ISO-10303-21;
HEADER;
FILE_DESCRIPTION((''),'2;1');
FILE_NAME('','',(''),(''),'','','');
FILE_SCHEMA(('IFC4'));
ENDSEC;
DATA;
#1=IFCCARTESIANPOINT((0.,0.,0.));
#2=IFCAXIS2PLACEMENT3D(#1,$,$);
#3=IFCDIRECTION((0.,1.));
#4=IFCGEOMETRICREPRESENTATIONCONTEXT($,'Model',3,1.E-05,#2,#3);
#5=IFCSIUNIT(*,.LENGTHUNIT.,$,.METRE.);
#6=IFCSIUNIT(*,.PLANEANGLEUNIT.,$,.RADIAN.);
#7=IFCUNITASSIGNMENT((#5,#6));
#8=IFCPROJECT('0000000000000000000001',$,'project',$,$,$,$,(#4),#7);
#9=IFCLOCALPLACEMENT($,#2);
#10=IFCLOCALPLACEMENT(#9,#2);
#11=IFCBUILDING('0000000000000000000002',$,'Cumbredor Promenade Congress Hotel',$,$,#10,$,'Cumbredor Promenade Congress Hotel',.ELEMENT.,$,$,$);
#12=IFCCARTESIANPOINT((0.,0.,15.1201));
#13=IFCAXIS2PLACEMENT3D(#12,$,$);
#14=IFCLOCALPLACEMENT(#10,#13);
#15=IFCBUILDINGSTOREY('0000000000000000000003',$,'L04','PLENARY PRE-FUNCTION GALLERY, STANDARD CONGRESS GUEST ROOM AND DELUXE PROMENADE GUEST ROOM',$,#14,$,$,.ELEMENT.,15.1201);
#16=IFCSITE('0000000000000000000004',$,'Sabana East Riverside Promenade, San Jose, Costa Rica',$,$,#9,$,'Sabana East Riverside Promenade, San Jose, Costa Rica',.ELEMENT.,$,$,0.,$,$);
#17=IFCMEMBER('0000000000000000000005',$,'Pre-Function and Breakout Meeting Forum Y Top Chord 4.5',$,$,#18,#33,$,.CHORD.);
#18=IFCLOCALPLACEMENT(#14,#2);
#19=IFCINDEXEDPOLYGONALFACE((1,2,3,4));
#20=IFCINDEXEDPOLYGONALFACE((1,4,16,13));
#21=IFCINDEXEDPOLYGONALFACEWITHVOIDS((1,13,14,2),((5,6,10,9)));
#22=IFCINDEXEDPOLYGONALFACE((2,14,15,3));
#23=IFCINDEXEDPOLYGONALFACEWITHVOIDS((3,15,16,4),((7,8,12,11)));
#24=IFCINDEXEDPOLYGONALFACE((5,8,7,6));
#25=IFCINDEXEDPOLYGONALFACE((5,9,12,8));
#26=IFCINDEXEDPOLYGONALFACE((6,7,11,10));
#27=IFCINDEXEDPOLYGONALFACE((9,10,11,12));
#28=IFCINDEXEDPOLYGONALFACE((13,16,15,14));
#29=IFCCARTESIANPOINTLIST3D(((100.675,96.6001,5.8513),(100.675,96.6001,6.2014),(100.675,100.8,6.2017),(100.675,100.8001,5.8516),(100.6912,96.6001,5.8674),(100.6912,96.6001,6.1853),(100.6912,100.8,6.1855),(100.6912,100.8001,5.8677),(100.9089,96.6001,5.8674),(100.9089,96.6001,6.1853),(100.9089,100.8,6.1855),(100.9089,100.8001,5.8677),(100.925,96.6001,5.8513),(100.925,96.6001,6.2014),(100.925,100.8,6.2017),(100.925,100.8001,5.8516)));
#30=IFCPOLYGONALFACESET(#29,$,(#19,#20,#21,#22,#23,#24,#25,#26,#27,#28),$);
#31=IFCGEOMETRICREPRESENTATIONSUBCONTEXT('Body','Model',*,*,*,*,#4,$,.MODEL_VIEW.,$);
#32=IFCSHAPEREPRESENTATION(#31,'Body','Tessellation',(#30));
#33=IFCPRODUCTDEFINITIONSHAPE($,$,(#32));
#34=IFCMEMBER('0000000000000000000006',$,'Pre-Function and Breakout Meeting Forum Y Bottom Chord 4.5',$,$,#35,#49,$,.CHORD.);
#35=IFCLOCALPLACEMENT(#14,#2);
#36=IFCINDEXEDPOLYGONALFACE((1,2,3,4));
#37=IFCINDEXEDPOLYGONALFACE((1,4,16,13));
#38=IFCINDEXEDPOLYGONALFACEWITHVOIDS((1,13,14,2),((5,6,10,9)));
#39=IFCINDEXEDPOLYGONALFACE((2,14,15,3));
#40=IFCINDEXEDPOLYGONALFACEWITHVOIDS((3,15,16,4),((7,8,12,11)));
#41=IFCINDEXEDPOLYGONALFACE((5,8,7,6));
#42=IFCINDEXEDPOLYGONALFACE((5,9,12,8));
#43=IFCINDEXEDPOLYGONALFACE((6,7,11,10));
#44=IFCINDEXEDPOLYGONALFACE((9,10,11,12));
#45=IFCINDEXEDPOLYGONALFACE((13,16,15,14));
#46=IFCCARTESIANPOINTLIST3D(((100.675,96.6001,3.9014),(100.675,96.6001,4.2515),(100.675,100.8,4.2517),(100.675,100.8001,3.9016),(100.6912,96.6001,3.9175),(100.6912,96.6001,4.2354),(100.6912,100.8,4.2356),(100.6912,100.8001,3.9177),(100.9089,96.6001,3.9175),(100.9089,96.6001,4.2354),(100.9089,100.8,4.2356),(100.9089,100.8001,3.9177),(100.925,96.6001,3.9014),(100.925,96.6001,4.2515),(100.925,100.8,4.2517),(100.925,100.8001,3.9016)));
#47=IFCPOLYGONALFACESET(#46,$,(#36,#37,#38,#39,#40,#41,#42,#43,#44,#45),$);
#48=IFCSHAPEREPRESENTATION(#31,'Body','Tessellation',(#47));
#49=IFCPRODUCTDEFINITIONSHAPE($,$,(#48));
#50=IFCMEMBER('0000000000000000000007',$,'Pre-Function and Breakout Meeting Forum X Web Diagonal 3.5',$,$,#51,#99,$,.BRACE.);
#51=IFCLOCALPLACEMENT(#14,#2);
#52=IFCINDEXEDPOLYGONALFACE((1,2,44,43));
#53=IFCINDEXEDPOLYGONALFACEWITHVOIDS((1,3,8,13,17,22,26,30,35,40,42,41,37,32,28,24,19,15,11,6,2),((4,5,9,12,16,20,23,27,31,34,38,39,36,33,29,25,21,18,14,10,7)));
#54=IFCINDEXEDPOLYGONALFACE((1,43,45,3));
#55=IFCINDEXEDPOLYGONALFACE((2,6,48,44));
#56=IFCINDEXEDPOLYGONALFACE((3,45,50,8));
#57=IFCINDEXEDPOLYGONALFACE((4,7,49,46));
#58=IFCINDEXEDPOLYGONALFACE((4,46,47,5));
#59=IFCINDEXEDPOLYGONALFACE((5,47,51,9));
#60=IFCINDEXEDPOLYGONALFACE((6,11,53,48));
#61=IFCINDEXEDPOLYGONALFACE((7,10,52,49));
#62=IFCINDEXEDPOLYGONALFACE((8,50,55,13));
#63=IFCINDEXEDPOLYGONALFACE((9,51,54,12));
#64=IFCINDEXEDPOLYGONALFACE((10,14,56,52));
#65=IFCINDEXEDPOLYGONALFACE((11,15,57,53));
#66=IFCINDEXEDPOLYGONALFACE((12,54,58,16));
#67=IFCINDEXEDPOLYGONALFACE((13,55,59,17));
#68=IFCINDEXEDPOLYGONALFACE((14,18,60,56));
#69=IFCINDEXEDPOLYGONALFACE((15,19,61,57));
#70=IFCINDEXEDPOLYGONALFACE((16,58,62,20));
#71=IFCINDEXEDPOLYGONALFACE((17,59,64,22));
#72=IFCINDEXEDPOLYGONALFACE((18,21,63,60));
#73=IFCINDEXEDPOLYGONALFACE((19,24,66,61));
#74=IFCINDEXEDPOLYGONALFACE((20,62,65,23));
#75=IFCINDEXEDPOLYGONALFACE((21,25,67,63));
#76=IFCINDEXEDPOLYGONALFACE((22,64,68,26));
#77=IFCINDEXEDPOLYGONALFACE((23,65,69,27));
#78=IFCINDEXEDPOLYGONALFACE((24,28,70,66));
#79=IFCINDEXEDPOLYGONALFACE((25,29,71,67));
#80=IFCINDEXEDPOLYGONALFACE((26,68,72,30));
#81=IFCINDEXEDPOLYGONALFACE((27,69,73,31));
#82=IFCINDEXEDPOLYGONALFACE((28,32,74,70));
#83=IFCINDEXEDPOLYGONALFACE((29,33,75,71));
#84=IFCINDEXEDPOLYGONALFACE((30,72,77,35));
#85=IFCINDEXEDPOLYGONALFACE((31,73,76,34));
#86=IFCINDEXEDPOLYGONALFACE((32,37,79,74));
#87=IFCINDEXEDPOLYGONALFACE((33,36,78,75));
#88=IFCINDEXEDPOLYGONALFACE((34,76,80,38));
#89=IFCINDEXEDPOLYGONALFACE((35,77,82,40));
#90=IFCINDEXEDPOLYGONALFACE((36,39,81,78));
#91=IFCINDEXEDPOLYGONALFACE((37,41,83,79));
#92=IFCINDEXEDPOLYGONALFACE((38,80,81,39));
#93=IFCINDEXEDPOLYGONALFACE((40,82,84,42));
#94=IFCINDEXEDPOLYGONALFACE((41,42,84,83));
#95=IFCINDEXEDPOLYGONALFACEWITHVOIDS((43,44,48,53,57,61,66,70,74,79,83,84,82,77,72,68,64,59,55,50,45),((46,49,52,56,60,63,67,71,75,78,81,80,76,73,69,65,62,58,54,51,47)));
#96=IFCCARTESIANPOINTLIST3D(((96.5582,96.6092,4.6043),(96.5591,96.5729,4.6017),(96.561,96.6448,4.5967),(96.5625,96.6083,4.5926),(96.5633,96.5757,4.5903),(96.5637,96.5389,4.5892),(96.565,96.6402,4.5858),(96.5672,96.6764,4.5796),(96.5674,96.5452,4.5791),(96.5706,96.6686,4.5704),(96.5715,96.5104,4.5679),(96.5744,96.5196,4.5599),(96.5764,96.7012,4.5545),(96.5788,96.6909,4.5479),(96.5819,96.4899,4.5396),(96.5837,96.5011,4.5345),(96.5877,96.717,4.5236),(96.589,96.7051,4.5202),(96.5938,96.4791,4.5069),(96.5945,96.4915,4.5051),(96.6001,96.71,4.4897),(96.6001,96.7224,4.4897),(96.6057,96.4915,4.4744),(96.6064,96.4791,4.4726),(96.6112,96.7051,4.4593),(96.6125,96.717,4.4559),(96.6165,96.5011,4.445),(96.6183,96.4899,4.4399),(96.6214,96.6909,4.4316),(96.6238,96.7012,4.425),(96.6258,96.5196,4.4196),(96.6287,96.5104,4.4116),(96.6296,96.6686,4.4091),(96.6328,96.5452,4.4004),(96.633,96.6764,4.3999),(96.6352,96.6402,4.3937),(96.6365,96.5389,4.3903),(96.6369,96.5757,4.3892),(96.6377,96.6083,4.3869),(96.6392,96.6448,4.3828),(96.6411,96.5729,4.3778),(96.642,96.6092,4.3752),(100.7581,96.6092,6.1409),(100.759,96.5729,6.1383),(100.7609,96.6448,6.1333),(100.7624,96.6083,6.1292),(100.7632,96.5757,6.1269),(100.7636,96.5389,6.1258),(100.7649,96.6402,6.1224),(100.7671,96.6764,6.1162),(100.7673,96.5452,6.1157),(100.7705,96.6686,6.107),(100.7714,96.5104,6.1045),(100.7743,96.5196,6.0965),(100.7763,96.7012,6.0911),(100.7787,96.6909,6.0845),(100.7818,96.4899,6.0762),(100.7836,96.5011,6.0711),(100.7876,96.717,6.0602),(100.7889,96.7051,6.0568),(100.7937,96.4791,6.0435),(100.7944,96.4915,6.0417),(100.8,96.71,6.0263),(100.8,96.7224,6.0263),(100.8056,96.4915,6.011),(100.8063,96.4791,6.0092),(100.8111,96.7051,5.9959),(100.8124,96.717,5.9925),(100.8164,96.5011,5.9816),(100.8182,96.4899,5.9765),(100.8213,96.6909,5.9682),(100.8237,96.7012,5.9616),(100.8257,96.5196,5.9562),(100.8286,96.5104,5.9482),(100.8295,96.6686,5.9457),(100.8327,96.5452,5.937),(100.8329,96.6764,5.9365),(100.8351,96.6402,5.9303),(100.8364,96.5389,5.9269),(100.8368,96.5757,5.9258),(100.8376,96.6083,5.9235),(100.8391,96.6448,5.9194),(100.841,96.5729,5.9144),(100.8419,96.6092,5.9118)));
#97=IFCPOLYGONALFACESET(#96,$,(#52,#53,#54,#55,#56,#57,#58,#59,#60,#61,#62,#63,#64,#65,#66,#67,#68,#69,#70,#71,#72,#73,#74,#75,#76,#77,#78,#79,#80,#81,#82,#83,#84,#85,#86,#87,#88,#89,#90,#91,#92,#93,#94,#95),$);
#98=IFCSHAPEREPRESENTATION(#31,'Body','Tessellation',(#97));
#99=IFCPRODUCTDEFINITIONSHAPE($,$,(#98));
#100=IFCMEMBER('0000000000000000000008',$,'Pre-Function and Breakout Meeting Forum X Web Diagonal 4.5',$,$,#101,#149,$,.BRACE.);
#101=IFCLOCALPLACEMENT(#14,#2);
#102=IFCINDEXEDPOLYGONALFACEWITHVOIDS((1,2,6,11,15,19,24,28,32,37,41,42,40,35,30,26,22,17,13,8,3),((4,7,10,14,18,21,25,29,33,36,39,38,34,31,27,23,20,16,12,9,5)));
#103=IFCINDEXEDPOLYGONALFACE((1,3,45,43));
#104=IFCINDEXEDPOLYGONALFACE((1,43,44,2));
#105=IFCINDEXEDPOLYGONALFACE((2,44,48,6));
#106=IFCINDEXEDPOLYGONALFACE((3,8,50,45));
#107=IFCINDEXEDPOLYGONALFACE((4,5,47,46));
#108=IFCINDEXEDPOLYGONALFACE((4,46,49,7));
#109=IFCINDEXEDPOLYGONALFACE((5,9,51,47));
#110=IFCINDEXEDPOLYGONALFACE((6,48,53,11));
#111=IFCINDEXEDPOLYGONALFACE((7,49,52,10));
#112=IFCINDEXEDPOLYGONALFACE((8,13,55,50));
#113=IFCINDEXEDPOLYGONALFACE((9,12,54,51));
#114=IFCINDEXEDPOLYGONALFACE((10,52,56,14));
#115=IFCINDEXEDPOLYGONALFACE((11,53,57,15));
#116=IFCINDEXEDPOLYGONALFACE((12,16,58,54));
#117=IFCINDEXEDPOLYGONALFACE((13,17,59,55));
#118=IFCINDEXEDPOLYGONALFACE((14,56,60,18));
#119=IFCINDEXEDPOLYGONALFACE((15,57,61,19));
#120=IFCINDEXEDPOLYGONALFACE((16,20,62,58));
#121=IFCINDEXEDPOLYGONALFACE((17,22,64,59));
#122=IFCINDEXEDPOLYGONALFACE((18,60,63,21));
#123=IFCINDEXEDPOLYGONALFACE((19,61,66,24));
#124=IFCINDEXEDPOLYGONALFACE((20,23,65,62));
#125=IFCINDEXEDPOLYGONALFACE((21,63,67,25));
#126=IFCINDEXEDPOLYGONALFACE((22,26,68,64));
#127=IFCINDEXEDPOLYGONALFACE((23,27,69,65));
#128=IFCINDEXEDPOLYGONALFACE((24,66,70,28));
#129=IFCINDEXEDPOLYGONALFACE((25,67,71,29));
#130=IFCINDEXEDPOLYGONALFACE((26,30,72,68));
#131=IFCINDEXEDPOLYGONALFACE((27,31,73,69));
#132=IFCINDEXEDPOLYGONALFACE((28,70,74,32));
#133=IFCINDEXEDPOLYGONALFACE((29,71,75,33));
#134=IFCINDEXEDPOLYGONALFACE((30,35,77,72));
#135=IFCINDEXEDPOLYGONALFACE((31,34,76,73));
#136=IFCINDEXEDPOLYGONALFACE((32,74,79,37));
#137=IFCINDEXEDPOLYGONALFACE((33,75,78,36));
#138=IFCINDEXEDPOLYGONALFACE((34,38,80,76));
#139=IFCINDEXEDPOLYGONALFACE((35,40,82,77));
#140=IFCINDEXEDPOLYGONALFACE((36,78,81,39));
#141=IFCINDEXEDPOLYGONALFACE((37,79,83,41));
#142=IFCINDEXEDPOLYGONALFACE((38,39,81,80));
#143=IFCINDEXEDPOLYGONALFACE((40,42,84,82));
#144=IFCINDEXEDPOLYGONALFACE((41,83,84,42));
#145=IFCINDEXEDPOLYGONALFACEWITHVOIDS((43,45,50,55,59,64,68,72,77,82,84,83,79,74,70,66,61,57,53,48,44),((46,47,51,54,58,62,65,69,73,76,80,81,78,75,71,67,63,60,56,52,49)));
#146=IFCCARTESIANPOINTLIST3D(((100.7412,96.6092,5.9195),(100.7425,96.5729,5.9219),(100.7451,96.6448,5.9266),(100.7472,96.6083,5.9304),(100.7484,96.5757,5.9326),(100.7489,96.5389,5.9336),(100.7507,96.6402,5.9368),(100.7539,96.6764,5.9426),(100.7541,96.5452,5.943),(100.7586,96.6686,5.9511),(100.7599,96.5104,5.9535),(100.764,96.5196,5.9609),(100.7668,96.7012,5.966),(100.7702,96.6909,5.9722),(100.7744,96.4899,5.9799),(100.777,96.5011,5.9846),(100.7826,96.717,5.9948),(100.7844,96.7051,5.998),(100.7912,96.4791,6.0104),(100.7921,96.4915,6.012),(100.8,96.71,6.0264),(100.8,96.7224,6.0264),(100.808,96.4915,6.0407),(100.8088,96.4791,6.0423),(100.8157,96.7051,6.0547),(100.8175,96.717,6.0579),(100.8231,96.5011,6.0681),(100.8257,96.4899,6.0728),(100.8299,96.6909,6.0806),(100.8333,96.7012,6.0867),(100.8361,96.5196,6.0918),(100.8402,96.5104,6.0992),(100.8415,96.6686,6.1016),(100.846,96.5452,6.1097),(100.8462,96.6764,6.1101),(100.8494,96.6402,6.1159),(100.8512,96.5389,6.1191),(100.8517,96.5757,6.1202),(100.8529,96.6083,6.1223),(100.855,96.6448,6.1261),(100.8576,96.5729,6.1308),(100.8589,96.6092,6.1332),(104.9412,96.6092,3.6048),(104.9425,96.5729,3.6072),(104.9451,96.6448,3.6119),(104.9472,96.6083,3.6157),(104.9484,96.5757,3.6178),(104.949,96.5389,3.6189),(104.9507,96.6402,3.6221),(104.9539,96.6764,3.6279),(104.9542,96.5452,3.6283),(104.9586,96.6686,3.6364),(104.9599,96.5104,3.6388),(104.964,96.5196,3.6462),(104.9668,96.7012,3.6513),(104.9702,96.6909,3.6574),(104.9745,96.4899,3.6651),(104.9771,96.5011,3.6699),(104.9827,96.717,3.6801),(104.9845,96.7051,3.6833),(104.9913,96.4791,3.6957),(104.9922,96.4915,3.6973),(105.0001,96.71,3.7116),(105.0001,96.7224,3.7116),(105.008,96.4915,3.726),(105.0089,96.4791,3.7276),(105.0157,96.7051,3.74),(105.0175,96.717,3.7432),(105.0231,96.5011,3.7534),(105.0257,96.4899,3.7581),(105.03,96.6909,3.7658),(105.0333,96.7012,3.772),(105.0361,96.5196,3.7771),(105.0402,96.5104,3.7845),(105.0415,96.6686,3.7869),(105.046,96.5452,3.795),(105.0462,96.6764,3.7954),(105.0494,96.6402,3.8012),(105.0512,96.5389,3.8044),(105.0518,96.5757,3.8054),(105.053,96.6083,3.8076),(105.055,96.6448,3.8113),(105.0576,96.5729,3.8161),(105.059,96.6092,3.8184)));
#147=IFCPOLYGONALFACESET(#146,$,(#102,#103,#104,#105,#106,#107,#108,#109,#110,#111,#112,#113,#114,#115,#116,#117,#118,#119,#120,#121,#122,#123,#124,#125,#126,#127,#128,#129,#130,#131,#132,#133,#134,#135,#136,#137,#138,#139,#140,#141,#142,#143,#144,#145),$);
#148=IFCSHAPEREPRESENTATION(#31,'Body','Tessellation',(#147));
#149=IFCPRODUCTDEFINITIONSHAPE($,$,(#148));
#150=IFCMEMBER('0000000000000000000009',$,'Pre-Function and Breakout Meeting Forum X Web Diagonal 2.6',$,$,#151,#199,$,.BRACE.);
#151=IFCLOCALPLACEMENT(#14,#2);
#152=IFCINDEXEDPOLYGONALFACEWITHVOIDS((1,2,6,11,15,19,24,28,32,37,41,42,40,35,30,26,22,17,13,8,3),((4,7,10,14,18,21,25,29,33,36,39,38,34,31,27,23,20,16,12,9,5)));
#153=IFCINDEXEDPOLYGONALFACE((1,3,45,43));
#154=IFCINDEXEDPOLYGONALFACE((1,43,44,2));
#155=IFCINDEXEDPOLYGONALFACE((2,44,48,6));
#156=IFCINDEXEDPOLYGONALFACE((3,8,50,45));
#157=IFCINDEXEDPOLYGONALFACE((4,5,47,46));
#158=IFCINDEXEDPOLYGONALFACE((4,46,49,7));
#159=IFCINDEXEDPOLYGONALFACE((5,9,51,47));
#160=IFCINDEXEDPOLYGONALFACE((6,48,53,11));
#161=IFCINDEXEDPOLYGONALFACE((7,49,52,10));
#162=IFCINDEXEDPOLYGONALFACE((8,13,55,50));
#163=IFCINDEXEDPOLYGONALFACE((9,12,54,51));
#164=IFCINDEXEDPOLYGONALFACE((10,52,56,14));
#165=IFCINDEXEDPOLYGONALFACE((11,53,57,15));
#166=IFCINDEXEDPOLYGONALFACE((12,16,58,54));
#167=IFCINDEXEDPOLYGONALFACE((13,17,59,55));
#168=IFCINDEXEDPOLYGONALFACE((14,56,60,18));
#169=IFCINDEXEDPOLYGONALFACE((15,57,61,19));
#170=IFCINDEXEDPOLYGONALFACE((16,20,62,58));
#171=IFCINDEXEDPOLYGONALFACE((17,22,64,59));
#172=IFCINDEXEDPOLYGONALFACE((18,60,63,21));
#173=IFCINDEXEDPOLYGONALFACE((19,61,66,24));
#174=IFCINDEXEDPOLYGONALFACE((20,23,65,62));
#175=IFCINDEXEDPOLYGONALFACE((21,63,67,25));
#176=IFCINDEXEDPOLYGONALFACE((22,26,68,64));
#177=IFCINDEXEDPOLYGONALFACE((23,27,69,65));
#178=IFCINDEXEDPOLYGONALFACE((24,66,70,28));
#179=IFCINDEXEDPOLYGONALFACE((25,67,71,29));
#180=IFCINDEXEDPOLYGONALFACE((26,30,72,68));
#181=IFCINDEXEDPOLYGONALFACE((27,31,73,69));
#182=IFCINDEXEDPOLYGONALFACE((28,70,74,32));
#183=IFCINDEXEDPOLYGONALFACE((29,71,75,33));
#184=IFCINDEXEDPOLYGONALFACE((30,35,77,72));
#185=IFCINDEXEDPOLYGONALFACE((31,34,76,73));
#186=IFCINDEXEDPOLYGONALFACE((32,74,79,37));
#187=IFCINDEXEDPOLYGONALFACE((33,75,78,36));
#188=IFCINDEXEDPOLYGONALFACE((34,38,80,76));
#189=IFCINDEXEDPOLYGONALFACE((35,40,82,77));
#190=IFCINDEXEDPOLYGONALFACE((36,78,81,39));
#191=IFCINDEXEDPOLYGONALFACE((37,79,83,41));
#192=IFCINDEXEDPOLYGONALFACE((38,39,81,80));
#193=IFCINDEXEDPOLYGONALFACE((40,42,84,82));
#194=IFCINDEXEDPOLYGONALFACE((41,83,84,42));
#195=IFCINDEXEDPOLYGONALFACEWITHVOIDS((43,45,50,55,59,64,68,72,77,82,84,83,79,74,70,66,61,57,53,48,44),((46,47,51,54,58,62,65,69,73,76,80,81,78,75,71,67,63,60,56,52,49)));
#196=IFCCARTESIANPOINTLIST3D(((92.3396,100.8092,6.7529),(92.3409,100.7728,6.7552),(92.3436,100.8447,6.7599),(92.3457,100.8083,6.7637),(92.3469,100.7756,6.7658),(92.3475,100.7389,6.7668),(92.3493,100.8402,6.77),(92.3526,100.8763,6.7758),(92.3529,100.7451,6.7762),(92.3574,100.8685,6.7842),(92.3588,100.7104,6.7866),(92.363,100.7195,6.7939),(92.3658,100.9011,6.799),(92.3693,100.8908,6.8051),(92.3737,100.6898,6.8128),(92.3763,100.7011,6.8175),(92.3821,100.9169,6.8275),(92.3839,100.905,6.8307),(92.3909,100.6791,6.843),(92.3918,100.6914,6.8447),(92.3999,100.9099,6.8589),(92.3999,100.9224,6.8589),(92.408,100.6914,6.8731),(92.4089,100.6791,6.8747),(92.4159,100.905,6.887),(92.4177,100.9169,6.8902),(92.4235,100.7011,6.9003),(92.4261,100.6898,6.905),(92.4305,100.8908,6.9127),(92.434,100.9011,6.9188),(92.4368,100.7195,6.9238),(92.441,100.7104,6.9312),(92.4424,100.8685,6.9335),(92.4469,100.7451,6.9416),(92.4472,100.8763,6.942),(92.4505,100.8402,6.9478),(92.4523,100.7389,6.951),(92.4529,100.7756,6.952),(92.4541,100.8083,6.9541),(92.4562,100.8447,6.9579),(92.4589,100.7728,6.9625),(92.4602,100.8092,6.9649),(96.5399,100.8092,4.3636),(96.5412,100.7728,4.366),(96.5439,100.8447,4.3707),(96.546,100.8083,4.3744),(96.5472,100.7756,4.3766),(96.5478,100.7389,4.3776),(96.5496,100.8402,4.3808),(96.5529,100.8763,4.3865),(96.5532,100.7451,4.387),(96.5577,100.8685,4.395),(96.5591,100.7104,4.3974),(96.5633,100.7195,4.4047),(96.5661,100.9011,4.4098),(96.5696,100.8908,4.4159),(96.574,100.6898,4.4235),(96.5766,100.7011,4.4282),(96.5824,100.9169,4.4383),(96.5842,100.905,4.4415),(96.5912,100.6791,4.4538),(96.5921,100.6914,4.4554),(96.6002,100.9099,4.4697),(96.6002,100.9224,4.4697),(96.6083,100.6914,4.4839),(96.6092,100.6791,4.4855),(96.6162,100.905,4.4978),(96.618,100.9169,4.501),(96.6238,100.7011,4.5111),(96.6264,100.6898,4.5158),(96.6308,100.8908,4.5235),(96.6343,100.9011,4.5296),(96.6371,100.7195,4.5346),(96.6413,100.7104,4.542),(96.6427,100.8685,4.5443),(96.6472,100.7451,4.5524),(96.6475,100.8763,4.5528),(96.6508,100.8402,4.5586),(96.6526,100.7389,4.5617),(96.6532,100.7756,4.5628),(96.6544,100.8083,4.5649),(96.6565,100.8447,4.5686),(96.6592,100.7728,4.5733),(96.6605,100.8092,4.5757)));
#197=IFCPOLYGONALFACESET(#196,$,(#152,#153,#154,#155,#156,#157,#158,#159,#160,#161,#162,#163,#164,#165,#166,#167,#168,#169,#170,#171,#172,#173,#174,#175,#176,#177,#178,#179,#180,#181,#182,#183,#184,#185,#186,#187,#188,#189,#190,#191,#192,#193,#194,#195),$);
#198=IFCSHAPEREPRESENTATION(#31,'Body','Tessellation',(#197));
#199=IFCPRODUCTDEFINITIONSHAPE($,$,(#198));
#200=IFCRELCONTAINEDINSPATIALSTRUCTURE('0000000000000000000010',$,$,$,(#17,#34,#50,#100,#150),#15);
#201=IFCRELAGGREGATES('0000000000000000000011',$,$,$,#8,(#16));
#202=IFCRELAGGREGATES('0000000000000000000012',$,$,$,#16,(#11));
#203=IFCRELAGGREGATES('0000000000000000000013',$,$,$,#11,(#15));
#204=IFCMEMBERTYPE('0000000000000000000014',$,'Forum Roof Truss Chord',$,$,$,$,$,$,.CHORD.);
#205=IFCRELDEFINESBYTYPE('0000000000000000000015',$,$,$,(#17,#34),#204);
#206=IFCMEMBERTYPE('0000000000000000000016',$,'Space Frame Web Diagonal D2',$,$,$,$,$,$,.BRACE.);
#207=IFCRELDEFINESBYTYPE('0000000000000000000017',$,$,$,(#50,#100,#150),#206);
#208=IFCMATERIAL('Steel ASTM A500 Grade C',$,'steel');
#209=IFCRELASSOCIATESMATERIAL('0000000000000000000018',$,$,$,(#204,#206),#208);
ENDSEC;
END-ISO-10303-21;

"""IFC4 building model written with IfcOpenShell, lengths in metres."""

from ifc_helpers import new_model, si_unit, direction, frame, origin, origin_2d, place, context, subcontext, project, spatial, hollow_rectangle, hollow_circle, extrude, material, material_profile, profile_set, type_object, element, save


model = new_model("IFC4")

# Units and contexts
model_context = context("Model", 3, precision=1e-05, world=origin(), true_north=direction((0.0, 1.0)))
body_context = subcontext(model_context, "Body", "Model", "MODEL_VIEW")
ifc_project = project(units=[si_unit("LENGTHUNIT", "METRE"), si_unit("PLANEANGLEUNIT", "RADIAN")], contexts=[model_context])

# Site, building, storey
site_placement = place(None, origin())
site = spatial("IfcSite", under=ifc_project, at=site_placement, Name="Sabana East Riverside Promenade, San Jose, Costa Rica", LongName="Sabana East Riverside Promenade, San Jose, Costa Rica", CompositionType="ELEMENT", RefElevation=0.0)
building_placement = place(site_placement, origin())
building = spatial("IfcBuilding", under=site, at=building_placement, Name="Cumbredor Promenade Congress Hotel", LongName="Cumbredor Promenade Congress Hotel", CompositionType="ELEMENT")
storey_placement = place(building_placement, frame((0.0, 0.0, 15.1201)))
storey = spatial("IfcBuildingStorey", under=building, at=storey_placement, Name="L04", Description="PLENARY PRE-FUNCTION GALLERY, STANDARD CONGRESS GUEST ROOM AND DELUXE PROMENADE GUEST ROOM", CompositionType="ELEMENT", Elevation=15.1201)

# Members
ifc_material_1 = material(Name="Steel ASTM A500 Grade C", Category="steel")
ifc_material_profile_1 = material_profile(ifc_material_1, hollow_rectangle(XDim=0.25, YDim=0.3501, WallThickness=0.0161, at=origin_2d()), Name="HSS 350x250x16")
ifc_profile_set_1 = profile_set([ifc_material_profile_1], Name="Steel ASTM A500 Grade C")
member_type_1 = type_object("IfcMemberType", Name="Forum Roof Truss Chord", PredefinedType="CHORD", material=ifc_profile_set_1)
for number, where, z_axis, x_axis, name in (
    (1, (100.8, 96.6001, 6.0264), (0.0, 1.0, 0.000058), (-1.0, 0.0, 0.0), "Pre-Function and Breakout Meeting Forum Y Top Chord 4.5"),
    (2, (100.8, 96.6001, 4.0764), (0.0, 1.0, 0.000058), (-1.0, 0.0, 0.0), "Pre-Function and Breakout Meeting Forum Y Bottom Chord 4.5"),
):
    element("IfcMember", number, at=place(storey_placement, frame(where, z_axis=z_axis, x_axis=x_axis)), inside=storey, type_object=member_type_1, Name=name, PredefinedType="CHORD", context=body_context, shape_type="SweptSolid", body=[
        extrude(hollow_rectangle(XDim=0.25, YDim=0.3501, WallThickness=0.0161, at=origin_2d()), origin(), (0.0, 0.0, 1.0), 4.2),
    ])
ifc_material_profile_2 = material_profile(ifc_material_1, hollow_circle(Radius=0.1223, WallThickness=0.0125, at=origin_2d()), Name="CHS 244.5x12.5")
ifc_profile_set_2 = profile_set([ifc_material_profile_2], Name="Steel ASTM A500 Grade C")
member_type_2 = type_object("IfcMemberType", Name="Space Frame Web Diagonal D2", PredefinedType="BRACE", material=ifc_profile_set_2)
member_1_placement = place(storey_placement, frame((96.6001, 96.6001, 4.4897), z_axis=(0.939119, 0.0, 0.343592), x_axis=(0.0, 1.0, 0.0)))
element("IfcMember", 3, at=member_1_placement, inside=storey, type_object=member_type_2, Name="Pre-Function and Breakout Meeting Forum X Web Diagonal 3.5", PredefinedType="BRACE", context=body_context, shape_type="SweptSolid", body=[
    extrude(hollow_circle(Radius=0.1223, WallThickness=0.0125, at=origin_2d()), origin(), (0.0, 0.0, 1.0), 4.4722),
])
member_2_placement = place(storey_placement, frame((100.8, 96.6001, 6.0264), z_axis=(0.8758, 0.0, -0.482675), x_axis=(0.0, 1.0, 0.0)))
element("IfcMember", 4, at=member_2_placement, inside=storey, type_object=member_type_2, Name="Pre-Function and Breakout Meeting Forum X Web Diagonal 4.5", PredefinedType="BRACE", context=body_context, shape_type="SweptSolid", body=[
    extrude(hollow_circle(Radius=0.1223, WallThickness=0.0125, at=origin_2d()), origin(), (0.0, 0.0, 1.0), 4.7957),
])
member_3_placement = place(storey_placement, frame((92.3999, 100.8, 6.8589), z_axis=(0.869218, 0.0, -0.494429), x_axis=(0.0, 1.0, 0.0)))
element("IfcMember", 5, at=member_3_placement, inside=storey, type_object=member_type_2, Name="Pre-Function and Breakout Meeting Forum X Web Diagonal 2.6", PredefinedType="BRACE", context=body_context, shape_type="SweptSolid", body=[
    extrude(hollow_circle(Radius=0.1223, WallThickness=0.0125, at=origin_2d()), origin(), (0.0, 0.0, 1.0), 4.8323),
])

save(model, "model.ifc")
